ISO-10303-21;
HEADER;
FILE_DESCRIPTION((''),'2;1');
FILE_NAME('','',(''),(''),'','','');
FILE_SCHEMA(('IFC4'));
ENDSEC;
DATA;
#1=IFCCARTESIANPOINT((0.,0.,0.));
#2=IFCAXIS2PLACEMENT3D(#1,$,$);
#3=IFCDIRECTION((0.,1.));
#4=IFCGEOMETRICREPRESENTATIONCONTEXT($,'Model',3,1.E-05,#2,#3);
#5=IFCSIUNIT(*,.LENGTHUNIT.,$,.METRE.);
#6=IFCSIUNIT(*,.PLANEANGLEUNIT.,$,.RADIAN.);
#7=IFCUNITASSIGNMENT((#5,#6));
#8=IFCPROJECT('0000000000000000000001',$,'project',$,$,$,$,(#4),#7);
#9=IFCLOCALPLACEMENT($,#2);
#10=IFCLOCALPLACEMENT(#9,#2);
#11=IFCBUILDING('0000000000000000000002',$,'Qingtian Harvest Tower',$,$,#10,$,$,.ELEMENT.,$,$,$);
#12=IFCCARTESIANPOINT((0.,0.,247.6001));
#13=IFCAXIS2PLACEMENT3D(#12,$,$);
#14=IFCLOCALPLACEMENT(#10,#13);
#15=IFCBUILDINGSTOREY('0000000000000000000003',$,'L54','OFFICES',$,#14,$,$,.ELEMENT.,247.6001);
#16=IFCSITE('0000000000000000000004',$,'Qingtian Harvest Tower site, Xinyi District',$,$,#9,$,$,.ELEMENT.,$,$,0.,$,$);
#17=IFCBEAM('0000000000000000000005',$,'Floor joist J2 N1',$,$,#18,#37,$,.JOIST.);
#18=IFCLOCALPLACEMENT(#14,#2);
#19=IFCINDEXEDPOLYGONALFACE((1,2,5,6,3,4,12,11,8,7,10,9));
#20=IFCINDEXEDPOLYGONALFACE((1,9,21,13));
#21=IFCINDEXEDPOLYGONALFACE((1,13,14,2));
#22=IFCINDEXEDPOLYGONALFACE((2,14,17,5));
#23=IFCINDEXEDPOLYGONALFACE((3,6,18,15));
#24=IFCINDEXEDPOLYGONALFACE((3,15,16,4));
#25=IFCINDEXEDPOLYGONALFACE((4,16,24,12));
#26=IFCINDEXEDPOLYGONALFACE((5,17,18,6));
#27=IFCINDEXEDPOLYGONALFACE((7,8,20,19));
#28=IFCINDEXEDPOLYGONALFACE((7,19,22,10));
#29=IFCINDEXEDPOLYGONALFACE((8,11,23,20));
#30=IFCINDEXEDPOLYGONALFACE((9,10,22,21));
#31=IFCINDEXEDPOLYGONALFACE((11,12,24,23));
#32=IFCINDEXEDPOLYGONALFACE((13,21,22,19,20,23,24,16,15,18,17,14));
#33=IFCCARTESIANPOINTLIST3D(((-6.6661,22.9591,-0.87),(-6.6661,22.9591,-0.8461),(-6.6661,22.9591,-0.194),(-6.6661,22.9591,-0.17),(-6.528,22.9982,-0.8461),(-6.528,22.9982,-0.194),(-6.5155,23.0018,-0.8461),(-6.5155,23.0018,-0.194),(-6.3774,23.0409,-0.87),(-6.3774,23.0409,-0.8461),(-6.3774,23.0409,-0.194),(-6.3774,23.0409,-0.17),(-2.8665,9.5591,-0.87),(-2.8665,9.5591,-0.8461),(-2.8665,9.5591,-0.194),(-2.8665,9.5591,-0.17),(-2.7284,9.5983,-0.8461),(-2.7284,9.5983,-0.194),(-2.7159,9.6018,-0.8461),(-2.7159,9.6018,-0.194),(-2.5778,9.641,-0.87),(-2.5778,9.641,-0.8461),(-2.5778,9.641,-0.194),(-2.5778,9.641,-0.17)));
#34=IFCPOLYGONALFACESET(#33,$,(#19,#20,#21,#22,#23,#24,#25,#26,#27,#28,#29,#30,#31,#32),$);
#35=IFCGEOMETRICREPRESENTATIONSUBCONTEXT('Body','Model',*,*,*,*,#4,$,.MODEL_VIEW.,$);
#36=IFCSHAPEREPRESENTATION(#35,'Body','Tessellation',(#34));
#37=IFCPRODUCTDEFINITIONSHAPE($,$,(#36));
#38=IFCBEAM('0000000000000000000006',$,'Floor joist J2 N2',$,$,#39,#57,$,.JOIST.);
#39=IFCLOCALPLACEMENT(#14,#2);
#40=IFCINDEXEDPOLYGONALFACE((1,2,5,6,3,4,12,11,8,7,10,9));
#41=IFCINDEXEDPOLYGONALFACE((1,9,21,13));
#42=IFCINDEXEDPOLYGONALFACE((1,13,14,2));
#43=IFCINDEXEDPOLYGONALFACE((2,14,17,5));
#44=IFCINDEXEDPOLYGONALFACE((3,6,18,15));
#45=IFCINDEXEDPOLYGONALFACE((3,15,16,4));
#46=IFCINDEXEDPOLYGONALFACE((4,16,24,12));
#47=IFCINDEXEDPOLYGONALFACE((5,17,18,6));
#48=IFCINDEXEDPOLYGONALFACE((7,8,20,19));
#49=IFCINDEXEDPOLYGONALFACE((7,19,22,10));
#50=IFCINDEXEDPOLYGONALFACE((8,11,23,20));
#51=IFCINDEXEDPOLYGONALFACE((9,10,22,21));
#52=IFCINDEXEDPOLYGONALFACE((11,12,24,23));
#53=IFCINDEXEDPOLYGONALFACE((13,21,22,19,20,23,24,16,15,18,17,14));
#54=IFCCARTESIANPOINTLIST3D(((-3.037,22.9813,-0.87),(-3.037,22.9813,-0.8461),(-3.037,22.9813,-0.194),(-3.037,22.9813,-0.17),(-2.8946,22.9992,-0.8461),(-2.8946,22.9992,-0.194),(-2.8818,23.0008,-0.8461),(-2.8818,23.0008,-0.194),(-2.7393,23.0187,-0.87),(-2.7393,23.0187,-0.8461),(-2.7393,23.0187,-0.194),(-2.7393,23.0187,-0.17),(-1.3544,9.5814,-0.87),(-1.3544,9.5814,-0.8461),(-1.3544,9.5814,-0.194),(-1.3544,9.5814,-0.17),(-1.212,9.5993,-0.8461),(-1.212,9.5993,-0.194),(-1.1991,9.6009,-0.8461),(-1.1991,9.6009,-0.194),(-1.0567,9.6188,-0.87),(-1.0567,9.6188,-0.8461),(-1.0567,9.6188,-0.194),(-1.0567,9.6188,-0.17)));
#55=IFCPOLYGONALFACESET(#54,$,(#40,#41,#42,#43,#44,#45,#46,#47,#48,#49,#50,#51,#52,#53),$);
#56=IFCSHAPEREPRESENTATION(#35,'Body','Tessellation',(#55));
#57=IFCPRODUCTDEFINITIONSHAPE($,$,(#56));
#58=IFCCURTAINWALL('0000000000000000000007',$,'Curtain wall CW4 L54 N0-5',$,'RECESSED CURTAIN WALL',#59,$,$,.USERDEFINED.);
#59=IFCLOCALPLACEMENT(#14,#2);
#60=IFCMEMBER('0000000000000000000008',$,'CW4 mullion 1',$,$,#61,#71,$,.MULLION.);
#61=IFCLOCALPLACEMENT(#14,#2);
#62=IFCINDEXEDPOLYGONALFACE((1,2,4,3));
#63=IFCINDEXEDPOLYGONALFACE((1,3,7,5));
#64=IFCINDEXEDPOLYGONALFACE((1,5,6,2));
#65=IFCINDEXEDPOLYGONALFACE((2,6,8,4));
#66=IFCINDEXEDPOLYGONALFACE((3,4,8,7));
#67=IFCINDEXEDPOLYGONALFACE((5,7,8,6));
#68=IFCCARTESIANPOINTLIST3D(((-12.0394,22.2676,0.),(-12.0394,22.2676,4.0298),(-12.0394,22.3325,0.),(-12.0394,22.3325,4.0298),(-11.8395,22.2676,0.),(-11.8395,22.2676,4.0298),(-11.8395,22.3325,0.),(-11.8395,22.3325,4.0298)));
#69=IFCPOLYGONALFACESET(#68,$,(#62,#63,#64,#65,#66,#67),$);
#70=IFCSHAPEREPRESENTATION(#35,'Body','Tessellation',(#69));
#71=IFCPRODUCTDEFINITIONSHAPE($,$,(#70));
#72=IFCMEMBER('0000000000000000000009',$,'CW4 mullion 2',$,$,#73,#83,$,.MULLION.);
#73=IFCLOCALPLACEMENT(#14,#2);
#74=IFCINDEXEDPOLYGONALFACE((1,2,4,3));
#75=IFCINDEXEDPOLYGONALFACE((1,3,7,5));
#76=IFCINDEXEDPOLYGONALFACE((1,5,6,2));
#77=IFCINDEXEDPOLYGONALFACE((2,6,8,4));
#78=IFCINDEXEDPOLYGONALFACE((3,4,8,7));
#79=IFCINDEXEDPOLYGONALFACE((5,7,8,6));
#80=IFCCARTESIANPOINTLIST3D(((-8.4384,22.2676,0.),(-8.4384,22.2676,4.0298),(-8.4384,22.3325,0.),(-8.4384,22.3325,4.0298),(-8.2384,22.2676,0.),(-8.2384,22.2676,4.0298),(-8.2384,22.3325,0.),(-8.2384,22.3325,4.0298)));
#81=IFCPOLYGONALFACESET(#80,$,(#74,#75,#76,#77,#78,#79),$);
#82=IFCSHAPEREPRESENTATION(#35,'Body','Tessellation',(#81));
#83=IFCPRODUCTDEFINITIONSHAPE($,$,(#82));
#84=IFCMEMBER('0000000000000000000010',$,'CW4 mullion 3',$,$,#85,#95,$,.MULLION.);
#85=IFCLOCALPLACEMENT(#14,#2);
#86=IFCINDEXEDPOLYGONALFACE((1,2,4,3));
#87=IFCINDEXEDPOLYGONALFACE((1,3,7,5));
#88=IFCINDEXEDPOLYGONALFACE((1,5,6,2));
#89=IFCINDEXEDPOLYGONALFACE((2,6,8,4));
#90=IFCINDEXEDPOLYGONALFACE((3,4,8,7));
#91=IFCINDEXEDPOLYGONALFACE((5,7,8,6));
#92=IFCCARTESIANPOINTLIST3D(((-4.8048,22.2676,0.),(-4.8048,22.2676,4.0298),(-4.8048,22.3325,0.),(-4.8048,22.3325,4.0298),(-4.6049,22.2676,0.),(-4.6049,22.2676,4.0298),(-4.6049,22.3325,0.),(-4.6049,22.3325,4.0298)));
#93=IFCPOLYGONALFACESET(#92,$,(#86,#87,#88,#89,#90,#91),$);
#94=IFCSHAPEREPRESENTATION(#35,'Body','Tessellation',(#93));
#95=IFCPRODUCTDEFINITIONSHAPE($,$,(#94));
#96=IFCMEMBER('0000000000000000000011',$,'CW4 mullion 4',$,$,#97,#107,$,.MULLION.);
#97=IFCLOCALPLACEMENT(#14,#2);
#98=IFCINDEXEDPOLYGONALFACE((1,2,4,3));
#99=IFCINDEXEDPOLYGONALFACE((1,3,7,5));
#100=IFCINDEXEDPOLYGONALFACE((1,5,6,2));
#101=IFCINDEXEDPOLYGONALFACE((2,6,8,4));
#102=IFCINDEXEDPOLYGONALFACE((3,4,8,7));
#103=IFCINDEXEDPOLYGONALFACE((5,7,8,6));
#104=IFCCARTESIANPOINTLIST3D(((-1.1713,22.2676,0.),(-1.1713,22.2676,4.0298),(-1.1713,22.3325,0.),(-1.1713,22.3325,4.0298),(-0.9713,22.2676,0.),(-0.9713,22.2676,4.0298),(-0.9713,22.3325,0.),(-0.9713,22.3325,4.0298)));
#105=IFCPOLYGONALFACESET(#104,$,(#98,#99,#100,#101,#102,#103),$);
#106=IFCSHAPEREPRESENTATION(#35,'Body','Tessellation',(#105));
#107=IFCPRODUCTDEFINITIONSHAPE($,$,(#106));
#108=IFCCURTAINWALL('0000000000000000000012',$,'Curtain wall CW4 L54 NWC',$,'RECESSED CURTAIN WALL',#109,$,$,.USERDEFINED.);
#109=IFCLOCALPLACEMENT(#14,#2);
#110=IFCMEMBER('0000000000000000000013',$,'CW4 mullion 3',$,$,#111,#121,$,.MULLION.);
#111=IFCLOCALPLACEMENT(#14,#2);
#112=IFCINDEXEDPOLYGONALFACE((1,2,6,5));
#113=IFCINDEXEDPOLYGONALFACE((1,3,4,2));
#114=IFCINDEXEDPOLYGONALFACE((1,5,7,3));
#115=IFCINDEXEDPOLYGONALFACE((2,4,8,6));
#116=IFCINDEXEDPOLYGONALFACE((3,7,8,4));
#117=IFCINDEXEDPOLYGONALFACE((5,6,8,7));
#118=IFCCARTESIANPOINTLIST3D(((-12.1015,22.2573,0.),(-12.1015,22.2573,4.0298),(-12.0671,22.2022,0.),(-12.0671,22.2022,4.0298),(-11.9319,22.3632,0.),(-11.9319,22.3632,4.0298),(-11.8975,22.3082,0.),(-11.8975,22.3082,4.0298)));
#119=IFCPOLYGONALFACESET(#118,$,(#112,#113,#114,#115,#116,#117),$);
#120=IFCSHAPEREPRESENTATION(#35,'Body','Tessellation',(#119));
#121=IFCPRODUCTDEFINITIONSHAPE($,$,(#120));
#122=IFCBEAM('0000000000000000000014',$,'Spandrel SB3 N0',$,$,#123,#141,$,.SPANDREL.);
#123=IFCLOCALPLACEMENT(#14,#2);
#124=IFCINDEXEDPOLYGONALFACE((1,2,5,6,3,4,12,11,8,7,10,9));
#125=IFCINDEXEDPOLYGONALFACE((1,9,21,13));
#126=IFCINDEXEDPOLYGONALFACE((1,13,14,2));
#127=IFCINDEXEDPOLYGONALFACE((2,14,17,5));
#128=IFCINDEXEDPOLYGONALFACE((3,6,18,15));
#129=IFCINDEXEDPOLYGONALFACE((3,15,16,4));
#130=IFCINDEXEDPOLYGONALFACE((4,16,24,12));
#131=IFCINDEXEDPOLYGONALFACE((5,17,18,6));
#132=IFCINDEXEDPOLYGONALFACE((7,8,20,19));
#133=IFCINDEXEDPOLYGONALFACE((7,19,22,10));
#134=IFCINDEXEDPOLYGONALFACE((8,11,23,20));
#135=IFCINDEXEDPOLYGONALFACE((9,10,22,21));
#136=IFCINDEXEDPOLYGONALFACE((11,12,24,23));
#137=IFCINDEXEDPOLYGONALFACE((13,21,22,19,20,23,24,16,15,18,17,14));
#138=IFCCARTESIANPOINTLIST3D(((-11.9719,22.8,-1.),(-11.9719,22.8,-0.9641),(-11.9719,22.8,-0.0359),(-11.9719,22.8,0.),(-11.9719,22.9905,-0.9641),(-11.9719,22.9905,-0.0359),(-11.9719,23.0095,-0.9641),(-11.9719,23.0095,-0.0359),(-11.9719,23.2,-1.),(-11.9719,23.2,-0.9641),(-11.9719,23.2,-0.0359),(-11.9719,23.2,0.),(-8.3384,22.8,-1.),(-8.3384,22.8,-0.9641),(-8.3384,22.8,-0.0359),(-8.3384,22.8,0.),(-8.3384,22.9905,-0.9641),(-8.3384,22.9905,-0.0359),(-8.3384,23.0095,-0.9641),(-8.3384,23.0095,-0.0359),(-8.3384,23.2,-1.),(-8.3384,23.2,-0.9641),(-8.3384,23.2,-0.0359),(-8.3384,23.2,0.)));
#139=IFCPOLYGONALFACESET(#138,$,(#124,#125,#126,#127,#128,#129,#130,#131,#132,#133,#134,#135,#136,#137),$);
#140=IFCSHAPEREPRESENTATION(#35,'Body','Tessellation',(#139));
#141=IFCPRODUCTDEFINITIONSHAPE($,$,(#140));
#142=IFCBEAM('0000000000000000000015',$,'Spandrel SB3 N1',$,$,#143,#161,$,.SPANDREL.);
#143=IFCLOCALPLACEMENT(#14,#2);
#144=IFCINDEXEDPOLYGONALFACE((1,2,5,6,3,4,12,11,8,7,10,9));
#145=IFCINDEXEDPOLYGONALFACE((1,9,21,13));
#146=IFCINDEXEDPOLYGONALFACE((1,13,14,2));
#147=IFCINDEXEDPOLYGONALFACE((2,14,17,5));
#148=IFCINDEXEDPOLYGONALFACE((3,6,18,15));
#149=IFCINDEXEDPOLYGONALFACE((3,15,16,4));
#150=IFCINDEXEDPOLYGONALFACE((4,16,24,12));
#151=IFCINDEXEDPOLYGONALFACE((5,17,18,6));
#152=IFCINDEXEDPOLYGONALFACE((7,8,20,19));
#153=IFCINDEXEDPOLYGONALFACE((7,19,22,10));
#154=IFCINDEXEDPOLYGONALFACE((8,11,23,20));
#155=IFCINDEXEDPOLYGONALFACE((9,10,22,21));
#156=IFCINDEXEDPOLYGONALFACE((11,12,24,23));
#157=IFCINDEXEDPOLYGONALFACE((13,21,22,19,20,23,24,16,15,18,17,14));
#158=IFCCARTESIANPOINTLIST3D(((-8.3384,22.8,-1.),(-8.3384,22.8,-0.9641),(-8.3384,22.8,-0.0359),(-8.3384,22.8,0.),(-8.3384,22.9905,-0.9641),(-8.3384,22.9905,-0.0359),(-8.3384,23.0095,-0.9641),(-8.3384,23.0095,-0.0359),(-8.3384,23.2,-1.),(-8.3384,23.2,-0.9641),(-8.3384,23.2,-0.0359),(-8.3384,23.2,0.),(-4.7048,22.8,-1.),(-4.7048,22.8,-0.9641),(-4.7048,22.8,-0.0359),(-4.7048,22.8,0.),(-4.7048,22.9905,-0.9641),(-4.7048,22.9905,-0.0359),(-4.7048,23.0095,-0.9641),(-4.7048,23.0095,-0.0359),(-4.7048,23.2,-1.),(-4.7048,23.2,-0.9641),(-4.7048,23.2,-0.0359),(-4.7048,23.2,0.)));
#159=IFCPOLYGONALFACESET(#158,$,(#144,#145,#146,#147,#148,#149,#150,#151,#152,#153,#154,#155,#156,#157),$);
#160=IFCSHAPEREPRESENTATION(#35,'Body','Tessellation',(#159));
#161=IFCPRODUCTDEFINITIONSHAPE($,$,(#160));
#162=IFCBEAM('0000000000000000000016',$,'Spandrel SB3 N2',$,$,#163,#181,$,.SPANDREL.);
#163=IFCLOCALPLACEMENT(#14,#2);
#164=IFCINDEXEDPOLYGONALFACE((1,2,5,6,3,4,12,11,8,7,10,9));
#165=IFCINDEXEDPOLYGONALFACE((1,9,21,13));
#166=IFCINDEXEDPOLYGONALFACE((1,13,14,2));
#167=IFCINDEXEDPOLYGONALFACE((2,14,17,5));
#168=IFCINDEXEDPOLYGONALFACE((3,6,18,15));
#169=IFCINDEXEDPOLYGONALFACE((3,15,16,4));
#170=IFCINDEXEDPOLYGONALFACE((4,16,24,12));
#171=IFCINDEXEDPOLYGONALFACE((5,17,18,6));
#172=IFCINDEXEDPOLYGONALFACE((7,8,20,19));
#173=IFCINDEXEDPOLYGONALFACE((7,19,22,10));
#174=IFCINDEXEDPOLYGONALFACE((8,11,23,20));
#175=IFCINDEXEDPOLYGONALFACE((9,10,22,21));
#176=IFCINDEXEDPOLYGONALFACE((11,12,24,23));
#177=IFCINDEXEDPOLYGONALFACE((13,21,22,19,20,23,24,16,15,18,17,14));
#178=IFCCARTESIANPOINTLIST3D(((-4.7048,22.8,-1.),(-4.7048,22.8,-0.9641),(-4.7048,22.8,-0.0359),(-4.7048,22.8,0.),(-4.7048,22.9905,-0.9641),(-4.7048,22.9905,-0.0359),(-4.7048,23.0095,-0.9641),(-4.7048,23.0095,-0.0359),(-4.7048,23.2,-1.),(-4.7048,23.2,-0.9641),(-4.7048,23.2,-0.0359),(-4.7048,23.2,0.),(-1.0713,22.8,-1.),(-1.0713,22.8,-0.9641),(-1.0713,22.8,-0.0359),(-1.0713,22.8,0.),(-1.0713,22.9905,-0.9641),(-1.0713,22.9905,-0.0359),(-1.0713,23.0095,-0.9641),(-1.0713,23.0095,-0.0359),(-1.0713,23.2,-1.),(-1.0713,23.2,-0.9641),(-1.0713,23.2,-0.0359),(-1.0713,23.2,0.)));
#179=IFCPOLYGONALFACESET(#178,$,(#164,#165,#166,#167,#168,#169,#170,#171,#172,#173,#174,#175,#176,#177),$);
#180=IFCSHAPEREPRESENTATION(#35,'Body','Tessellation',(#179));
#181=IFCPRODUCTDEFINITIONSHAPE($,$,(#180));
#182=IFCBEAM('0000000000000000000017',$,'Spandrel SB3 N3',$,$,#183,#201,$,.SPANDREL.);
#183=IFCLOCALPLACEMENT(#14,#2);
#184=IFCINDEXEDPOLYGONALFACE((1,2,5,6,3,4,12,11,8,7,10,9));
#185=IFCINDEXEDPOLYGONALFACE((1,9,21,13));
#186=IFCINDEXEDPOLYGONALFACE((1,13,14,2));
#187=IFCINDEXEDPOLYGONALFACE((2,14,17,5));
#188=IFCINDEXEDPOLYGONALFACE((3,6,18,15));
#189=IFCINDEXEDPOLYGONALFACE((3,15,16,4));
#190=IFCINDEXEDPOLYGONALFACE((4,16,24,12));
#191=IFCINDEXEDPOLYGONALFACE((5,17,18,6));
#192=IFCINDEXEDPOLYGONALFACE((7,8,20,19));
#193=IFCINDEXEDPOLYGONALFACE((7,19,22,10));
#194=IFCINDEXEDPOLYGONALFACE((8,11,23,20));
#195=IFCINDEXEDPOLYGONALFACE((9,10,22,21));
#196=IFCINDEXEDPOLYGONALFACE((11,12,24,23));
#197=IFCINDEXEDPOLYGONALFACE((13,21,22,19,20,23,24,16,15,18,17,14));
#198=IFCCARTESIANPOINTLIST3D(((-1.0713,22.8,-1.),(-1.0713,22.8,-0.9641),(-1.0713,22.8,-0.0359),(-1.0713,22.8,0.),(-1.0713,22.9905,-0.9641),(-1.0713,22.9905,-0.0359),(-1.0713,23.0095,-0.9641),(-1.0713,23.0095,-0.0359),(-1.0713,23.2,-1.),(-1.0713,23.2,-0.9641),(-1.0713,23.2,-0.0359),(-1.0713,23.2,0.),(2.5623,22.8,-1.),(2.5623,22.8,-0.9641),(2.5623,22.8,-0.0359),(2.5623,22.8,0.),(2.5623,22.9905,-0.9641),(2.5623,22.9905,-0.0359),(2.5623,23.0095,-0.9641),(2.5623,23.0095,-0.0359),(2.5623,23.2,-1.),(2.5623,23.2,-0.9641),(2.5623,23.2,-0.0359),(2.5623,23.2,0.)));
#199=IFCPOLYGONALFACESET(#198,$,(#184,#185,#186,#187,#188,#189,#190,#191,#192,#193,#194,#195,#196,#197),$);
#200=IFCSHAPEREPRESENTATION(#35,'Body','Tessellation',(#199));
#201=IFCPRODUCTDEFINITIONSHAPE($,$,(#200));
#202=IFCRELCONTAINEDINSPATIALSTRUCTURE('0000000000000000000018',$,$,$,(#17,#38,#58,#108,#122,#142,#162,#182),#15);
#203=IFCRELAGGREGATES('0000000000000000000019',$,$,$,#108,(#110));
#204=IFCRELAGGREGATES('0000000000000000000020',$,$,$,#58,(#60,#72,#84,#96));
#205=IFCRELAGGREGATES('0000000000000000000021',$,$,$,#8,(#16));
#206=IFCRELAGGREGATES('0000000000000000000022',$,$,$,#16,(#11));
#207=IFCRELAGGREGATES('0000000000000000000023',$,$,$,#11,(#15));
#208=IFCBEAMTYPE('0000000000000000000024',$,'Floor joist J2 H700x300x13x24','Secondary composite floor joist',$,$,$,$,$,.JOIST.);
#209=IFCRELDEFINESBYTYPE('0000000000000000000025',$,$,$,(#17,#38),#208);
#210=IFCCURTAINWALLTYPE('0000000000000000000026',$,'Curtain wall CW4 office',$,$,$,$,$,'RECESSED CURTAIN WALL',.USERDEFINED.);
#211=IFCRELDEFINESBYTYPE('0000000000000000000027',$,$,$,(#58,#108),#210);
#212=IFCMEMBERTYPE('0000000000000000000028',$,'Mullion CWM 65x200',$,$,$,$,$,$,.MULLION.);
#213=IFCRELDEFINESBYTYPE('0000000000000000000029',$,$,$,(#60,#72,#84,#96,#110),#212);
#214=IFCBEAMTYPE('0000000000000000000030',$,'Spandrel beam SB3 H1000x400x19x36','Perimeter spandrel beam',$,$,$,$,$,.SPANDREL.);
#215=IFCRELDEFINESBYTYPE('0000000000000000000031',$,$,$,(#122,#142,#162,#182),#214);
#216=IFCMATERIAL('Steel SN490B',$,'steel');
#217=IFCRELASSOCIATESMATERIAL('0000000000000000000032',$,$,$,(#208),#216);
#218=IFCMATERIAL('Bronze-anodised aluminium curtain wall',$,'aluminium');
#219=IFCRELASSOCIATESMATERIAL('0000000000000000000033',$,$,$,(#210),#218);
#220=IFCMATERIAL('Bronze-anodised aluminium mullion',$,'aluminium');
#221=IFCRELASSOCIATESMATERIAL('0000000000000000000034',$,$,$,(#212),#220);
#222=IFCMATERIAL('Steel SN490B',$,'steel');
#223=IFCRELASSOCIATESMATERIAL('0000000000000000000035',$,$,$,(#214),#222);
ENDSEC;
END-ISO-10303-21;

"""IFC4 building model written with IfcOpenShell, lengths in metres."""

from ifc_helpers import new_model, si_unit, direction, frame, origin, origin_2d, place, context, subcontext, project, spatial, rectangle, i_section, extrude, material, material_profile, profile_set, type_object, element, aggregate, save


model = new_model("IFC4")

# Units and contexts
model_context = context("Model", 3, precision=1e-05, world=origin(), true_north=direction((0.0, 1.0)))
body_context = subcontext(model_context, "Body", "Model", "MODEL_VIEW")
ifc_project = project(units=[si_unit("LENGTHUNIT", "METRE"), si_unit("PLANEANGLEUNIT", "RADIAN")], contexts=[model_context])

# Site, building, storey
site_placement = place(None, origin())
site = spatial("IfcSite", under=ifc_project, at=site_placement, Name="Qingtian Harvest Tower site, Xinyi District", CompositionType="ELEMENT", RefElevation=0.0)
building_placement = place(site_placement, origin())
building = spatial("IfcBuilding", under=site, at=building_placement, Name="Qingtian Harvest Tower", CompositionType="ELEMENT")
storey_placement = place(building_placement, frame((0.0, 0.0, 247.6001)))
storey = spatial("IfcBuildingStorey", under=building, at=storey_placement, Name="L54", Description="OFFICES", CompositionType="ELEMENT", Elevation=247.6001)

# Beams
ifc_material_1 = material(Name="Steel SN490B", Category="steel")
ifc_material_profile_1 = material_profile(ifc_material_1, i_section(OverallWidth=0.3, OverallDepth=0.7, WebThickness=0.0129, FlangeThickness=0.0239, at=origin_2d()), Name="H700x300x13x24")
ifc_profile_set_1 = profile_set([ifc_material_profile_1], Name="Steel SN490B")
beam_type_1 = type_object("IfcBeamType", Name="Floor joist J2 H700x300x13x24", Description="Secondary composite floor joist", PredefinedType="JOIST", material=ifc_profile_set_1)
beam_1_placement = place(storey_placement, frame((-6.5217, 23.0, -0.52), z_axis=(0.272797, -0.962072, 0.0), x_axis=(0.962072, 0.272797, 0.0)))
element("IfcBeam", 1, at=beam_1_placement, inside=storey, type_object=beam_type_1, Name="Floor joist J2 N1", PredefinedType="JOIST", context=body_context, shape_type="SweptSolid", body=[
    extrude(i_section(OverallWidth=0.3, OverallDepth=0.7, WebThickness=0.0129, FlangeThickness=0.0239, at=origin_2d()), origin(), (0.0, 0.0, 1.0), 13.9282),
])
beam_2_placement = place(storey_placement, frame((-2.8882, 23.0, -0.52), z_axis=(0.124591, -0.992208, 0.0), x_axis=(0.992208, 0.124591, 0.0)))
element("IfcBeam", 2, at=beam_2_placement, inside=storey, type_object=beam_type_1, Name="Floor joist J2 N2", PredefinedType="JOIST", context=body_context, shape_type="SweptSolid", body=[
    extrude(i_section(OverallWidth=0.3, OverallDepth=0.7, WebThickness=0.0129, FlangeThickness=0.0239, at=origin_2d()), origin(), (0.0, 0.0, 1.0), 13.5051),
])

# Curtain wall, members
ifc_material_2 = material(Name="Bronze-anodised aluminium curtain wall", Category="aluminium")
curtain_wall_type = type_object("IfcCurtainWallType", Name="Curtain wall CW4 office", ElementType="RECESSED CURTAIN WALL", PredefinedType="USERDEFINED", material=ifc_material_2)
curtain_wall_1_placement = place(storey_placement, origin())
curtain_wall_1 = element("IfcCurtainWall", 3, at=curtain_wall_1_placement, inside=storey, type_object=curtain_wall_type, Name="Curtain wall CW4 L54 N0-5", ObjectType="RECESSED CURTAIN WALL", PredefinedType="USERDEFINED")
ifc_material_3 = material(Name="Bronze-anodised aluminium mullion", Category="aluminium")
ifc_material_profile_2 = material_profile(ifc_material_3, rectangle(XDim=0.0649, YDim=0.2, at=origin_2d()), Name="AL 65x200")
ifc_profile_set_2 = profile_set([ifc_material_profile_2], Name="Bronze-anodised aluminium mullion")
member_type_1 = type_object("IfcMemberType", Name="Mullion CWM 65x200", PredefinedType="MULLION", material=ifc_profile_set_2)
member_1_placement = place(storey_placement, frame((-11.9395, 22.3, 0.0), z_axis=(0.0, 0.0, 1.0), x_axis=(0.0, 1.0, 0.0)))
member_1 = element("IfcMember", 4, at=member_1_placement, type_object=member_type_1, Name="CW4 mullion 1", PredefinedType="MULLION", context=body_context, shape_type="SweptSolid", body=[
    extrude(rectangle(XDim=0.0649, YDim=0.2, at=origin_2d()), origin(), (0.0, 0.0, 1.0), 4.0298),
])
member_2_placement = place(storey_placement, frame((-8.3384, 22.3, 0.0), z_axis=(0.0, 0.0, 1.0), x_axis=(0.0, 1.0, 0.0)))
member_2 = element("IfcMember", 5, at=member_2_placement, type_object=member_type_1, Name="CW4 mullion 2", PredefinedType="MULLION", context=body_context, shape_type="SweptSolid", body=[
    extrude(rectangle(XDim=0.0649, YDim=0.2, at=origin_2d()), origin(), (0.0, 0.0, 1.0), 4.0298),
])
member_3_placement = place(storey_placement, frame((-4.7048, 22.3, 0.0), z_axis=(0.0, 0.0, 1.0), x_axis=(0.0, 1.0, 0.0)))
member_3 = element("IfcMember", 6, at=member_3_placement, type_object=member_type_1, Name="CW4 mullion 3", PredefinedType="MULLION", context=body_context, shape_type="SweptSolid", body=[
    extrude(rectangle(XDim=0.0649, YDim=0.2, at=origin_2d()), origin(), (0.0, 0.0, 1.0), 4.0298),
])
member_4_placement = place(storey_placement, frame((-1.0713, 22.3, 0.0), z_axis=(0.0, 0.0, 1.0), x_axis=(0.0, 1.0, 0.0)))
member_4 = element("IfcMember", 7, at=member_4_placement, type_object=member_type_1, Name="CW4 mullion 4", PredefinedType="MULLION", context=body_context, shape_type="SweptSolid", body=[
    extrude(rectangle(XDim=0.0649, YDim=0.2, at=origin_2d()), origin(), (0.0, 0.0, 1.0), 4.0298),
])

# Curtain wall, member
curtain_wall_2_placement = place(storey_placement, origin())
curtain_wall_2 = element("IfcCurtainWall", 8, at=curtain_wall_2_placement, inside=storey, type_object=curtain_wall_type, Name="Curtain wall CW4 L54 NWC", ObjectType="RECESSED CURTAIN WALL", PredefinedType="USERDEFINED")
member_5_placement = place(storey_placement, frame((-11.9995, 22.2827, 0.0), z_axis=(0.0, 0.0, 1.0), x_axis=(-0.529919, 0.848048, 0.0)))
member_5 = element("IfcMember", 9, at=member_5_placement, type_object=member_type_1, Name="CW4 mullion 3", PredefinedType="MULLION", context=body_context, shape_type="SweptSolid", body=[
    extrude(rectangle(XDim=0.0649, YDim=0.2, at=origin_2d()), origin(), (0.0, 0.0, 1.0), 4.0298),
])
aggregate(curtain_wall_2, [member_5])

# Beams
ifc_material_4 = material(Name="Steel SN490B", Category="steel")
ifc_material_profile_3 = material_profile(ifc_material_4, i_section(OverallWidth=0.3999, OverallDepth=1.0, WebThickness=0.019, FlangeThickness=0.0359, at=origin_2d()), Name="H1000x400x19x36")
ifc_profile_set_3 = profile_set([ifc_material_profile_3], Name="Steel SN490B")
beam_type_2 = type_object("IfcBeamType", Name="Spandrel beam SB3 H1000x400x19x36", Description="Perimeter spandrel beam", PredefinedType="SPANDREL", material=ifc_profile_set_3)
for number, where, z_axis, x_axis, name in (
    (10, (-11.9719, 23.0, -0.5), (1.0, 0.0, 0.0), (0.0, 1.0, 0.0), "Spandrel SB3 N0"),
    (11, (-8.3384, 23.0, -0.5), (1.0, 0.0, 0.0), (0.0, 1.0, 0.0), "Spandrel SB3 N1"),
    (12, (-4.7048, 23.0, -0.5), (1.0, 0.0, 0.0), (0.0, 1.0, 0.0), "Spandrel SB3 N2"),
    (13, (-1.0713, 23.0, -0.5), (1.0, 0.0, 0.0), (0.0, 1.0, 0.0), "Spandrel SB3 N3"),
):
    element("IfcBeam", number, at=place(storey_placement, frame(where, z_axis=z_axis, x_axis=x_axis)), inside=storey, type_object=beam_type_2, Name=name, PredefinedType="SPANDREL", context=body_context, shape_type="SweptSolid", body=[
        extrude(i_section(OverallWidth=0.3999, OverallDepth=1.0, WebThickness=0.019, FlangeThickness=0.0359, at=origin_2d()), origin(), (0.0, 0.0, 1.0), 3.6335),
    ])

aggregate(curtain_wall_1, [member_1, member_2, member_3, member_4])

save(model, "model.ifc")
